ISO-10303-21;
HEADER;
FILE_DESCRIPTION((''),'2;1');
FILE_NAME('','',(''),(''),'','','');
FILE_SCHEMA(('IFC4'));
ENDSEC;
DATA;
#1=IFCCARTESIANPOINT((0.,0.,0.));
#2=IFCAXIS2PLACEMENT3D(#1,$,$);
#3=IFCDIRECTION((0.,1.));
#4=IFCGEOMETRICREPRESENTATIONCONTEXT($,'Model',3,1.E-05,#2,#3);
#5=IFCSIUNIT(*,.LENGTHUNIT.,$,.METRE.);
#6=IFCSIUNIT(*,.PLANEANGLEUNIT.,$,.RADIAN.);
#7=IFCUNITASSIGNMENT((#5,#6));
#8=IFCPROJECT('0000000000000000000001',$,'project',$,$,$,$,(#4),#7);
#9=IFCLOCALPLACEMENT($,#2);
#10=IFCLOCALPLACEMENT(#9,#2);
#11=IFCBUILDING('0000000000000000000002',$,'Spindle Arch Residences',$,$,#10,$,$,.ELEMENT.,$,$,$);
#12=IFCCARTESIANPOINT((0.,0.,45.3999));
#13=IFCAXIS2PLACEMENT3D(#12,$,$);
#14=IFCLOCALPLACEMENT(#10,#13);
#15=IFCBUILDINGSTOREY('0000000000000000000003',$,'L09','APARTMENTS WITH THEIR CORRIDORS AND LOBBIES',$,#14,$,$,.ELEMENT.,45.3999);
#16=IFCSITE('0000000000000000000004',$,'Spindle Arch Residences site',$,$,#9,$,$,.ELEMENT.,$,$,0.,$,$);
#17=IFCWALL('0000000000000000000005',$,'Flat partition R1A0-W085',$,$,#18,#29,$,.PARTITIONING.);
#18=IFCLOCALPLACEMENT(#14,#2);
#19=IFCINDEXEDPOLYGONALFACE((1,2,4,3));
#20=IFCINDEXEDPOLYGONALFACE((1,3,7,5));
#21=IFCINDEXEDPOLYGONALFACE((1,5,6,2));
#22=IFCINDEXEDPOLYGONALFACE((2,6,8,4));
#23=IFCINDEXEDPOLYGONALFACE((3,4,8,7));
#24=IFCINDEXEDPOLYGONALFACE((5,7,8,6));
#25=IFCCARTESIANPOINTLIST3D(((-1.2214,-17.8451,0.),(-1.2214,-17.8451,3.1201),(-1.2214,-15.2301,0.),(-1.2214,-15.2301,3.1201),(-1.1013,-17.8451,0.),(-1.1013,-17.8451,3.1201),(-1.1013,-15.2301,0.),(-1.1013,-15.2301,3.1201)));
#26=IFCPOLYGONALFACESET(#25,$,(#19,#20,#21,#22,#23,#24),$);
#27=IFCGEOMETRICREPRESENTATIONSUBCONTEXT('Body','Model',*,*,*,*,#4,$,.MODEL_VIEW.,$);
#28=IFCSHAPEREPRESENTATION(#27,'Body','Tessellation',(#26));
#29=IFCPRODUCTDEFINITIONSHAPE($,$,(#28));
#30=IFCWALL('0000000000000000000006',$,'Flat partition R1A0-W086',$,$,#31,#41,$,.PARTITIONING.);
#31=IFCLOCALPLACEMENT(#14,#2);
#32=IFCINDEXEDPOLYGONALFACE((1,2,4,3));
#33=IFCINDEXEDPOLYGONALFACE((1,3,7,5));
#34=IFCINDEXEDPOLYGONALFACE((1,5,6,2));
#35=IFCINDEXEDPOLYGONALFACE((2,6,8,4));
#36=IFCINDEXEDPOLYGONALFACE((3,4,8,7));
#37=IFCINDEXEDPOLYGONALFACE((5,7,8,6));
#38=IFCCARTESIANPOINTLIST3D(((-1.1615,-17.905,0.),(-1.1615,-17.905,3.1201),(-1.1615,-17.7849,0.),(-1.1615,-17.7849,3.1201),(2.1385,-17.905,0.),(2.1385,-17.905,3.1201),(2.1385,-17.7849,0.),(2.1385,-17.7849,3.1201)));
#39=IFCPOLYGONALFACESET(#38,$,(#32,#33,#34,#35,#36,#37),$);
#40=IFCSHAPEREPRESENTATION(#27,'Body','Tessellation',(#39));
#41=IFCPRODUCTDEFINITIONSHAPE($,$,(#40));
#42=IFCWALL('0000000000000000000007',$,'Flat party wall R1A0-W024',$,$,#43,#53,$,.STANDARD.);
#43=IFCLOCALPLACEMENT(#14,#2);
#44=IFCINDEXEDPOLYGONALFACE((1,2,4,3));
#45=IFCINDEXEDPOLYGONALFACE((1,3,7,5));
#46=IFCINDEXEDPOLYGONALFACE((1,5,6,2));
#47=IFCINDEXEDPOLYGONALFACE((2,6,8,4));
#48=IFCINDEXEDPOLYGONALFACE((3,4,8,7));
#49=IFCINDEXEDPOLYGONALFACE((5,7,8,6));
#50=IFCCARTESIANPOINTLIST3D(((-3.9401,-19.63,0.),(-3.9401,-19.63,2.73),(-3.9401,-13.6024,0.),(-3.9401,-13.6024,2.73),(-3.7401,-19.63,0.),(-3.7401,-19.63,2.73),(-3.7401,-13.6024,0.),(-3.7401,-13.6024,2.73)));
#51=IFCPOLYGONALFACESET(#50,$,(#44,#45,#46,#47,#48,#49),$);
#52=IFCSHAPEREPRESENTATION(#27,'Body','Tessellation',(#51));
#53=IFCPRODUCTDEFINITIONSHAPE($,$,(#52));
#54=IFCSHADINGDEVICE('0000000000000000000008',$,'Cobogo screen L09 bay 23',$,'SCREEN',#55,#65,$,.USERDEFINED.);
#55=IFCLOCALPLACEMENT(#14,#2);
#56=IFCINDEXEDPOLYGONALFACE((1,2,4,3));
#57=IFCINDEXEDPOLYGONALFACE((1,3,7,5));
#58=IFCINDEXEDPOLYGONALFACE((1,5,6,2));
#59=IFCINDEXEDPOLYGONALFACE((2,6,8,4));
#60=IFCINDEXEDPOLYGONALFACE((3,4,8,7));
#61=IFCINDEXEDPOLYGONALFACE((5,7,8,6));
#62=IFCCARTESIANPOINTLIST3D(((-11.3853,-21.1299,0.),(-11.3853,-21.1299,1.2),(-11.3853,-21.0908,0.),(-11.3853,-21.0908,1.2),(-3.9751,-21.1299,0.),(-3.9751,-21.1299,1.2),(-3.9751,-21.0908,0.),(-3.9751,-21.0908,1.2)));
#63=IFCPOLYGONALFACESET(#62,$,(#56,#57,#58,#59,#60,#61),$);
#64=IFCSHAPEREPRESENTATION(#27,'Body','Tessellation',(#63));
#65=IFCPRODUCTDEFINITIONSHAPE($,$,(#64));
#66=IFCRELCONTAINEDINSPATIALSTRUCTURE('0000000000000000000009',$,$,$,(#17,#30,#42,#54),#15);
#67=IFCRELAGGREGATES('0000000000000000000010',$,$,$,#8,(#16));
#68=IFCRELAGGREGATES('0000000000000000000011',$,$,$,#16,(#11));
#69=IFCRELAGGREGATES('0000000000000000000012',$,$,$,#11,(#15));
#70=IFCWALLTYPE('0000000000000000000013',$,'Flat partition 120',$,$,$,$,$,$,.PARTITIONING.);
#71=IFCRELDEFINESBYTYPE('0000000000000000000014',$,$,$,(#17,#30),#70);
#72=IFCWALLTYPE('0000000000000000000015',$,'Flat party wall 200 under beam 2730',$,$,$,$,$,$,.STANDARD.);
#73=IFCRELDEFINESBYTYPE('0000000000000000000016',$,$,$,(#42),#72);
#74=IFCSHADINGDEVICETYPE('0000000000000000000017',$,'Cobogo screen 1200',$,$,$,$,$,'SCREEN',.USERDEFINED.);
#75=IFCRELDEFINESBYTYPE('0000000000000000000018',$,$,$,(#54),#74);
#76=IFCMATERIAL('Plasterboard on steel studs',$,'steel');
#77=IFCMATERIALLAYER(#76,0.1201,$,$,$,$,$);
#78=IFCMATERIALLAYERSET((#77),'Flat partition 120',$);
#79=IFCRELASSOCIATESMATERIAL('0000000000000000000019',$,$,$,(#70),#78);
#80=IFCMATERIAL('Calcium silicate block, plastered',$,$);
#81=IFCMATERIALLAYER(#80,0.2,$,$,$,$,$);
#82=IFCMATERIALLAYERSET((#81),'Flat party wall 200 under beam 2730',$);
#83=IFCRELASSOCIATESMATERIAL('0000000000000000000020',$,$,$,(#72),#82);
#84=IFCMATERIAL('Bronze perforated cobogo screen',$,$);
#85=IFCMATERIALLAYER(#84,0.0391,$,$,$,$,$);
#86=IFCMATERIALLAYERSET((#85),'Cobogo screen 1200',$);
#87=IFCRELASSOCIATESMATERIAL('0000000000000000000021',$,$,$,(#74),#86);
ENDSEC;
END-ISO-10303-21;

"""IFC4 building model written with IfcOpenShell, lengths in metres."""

from ifc_helpers import new_model, si_unit, direction, frame, frame_2d, origin, origin_2d, place, context, subcontext, project, spatial, rectangle, extrude, material, layer, layer_set, type_object, element, save


model = new_model("IFC4")

# Units and contexts
model_context = context("Model", 3, precision=1e-05, world=origin(), true_north=direction((0.0, 1.0)))
body_context = subcontext(model_context, "Body", "Model", "MODEL_VIEW")
ifc_project = project(units=[si_unit("LENGTHUNIT", "METRE"), si_unit("PLANEANGLEUNIT", "RADIAN")], contexts=[model_context])

# Site, building, storey
site_placement = place(None, origin())
site = spatial("IfcSite", under=ifc_project, at=site_placement, Name="Spindle Arch Residences site", CompositionType="ELEMENT", RefElevation=0.0)
building_placement = place(site_placement, origin())
building = spatial("IfcBuilding", under=site, at=building_placement, Name="Spindle Arch Residences", CompositionType="ELEMENT")
storey_placement = place(building_placement, frame((0.0, 0.0, 45.3999)))
storey = spatial("IfcBuildingStorey", under=building, at=storey_placement, Name="L09", Description="APARTMENTS WITH THEIR CORRIDORS AND LOBBIES", CompositionType="ELEMENT", Elevation=45.3999)

# Shared definitions
ifc_material_1 = material(Name="Plasterboard on steel studs", Category="steel")
ifc_layer_1 = layer(ifc_material_1, 0.1201)
ifc_layer_set_1 = layer_set([ifc_layer_1], Name="Flat partition 120")
wall_type_1 = type_object("IfcWallType", Name="Flat partition 120", PredefinedType="PARTITIONING", material=ifc_layer_set_1)

# Walls
wall_1_placement = place(storey_placement, frame((-1.1614, -15.23, 0.0), z_axis=(0.0, 0.0, 1.0), x_axis=(0.0, -1.0, 0.0)))
element("IfcWall", 1, at=wall_1_placement, inside=storey, type_object=wall_type_1, Name="Flat partition R1A0-W085", PredefinedType="PARTITIONING", context=body_context, shape_type="SweptSolid", body=[
    extrude(rectangle(XDim=2.615, YDim=0.1201, at=frame_2d((1.3076, 0.0))), origin(), (0.0, 0.0, 1.0), 3.1201),
])
wall_2_placement = place(storey_placement, frame((-1.1614, -17.845, 0.0), z_axis=(0.0, 0.0, 1.0), x_axis=(1.0, 0.0, 0.0)))
element("IfcWall", 2, at=wall_2_placement, inside=storey, type_object=wall_type_1, Name="Flat partition R1A0-W086", PredefinedType="PARTITIONING", context=body_context, shape_type="SweptSolid", body=[
    extrude(rectangle(XDim=3.3, YDim=0.1201, at=frame_2d((1.6499, 0.0))), origin(), (0.0, 0.0, 1.0), 3.1201),
])
ifc_material_2 = material(Name="Calcium silicate block, plastered")
ifc_layer_2 = layer(ifc_material_2, 0.2)
ifc_layer_set_2 = layer_set([ifc_layer_2], Name="Flat party wall 200 under beam 2730")
wall_type_2 = type_object("IfcWallType", Name="Flat party wall 200 under beam 2730", PredefinedType="STANDARD", material=ifc_layer_set_2)
wall_3_placement = place(storey_placement, frame((-3.8401, -19.6299, 0.0), z_axis=(0.0, 0.0, 1.0), x_axis=(0.0, 1.0, 0.0)))
element("IfcWall", 3, at=wall_3_placement, inside=storey, type_object=wall_type_2, Name="Flat party wall R1A0-W024", PredefinedType="STANDARD", context=body_context, shape_type="SweptSolid", body=[
    extrude(rectangle(XDim=6.0276, YDim=0.2, at=frame_2d((3.0137, 0.0))), origin(), (0.0, 0.0, 1.0), 2.73),
])

# Shading device
ifc_material_3 = material(Name="Bronze perforated cobogo screen")
ifc_layer_3 = layer(ifc_material_3, 0.0391)
ifc_layer_set_3 = layer_set([ifc_layer_3], Name="Cobogo screen 1200")
shading_device_type = type_object("IfcShadingDeviceType", Name="Cobogo screen 1200", ElementType="SCREEN", PredefinedType="USERDEFINED", material=ifc_layer_set_3)
shading_device_placement = place(storey_placement, frame((-7.6802, -21.1104, 0.0), z_axis=(0.0, 0.0, 1.0), x_axis=(1.0, 0.0, 0.0)))
element("IfcShadingDevice", 4, at=shading_device_placement, inside=storey, type_object=shading_device_type, Name="Cobogo screen L09 bay 23", ObjectType="SCREEN", PredefinedType="USERDEFINED", context=body_context, shape_type="SweptSolid", body=[
    extrude(rectangle(XDim=7.4102, YDim=0.0391, at=origin_2d()), origin(), (0.0, 0.0, 1.0), 1.2),
])

save(model, "model.ifc")
